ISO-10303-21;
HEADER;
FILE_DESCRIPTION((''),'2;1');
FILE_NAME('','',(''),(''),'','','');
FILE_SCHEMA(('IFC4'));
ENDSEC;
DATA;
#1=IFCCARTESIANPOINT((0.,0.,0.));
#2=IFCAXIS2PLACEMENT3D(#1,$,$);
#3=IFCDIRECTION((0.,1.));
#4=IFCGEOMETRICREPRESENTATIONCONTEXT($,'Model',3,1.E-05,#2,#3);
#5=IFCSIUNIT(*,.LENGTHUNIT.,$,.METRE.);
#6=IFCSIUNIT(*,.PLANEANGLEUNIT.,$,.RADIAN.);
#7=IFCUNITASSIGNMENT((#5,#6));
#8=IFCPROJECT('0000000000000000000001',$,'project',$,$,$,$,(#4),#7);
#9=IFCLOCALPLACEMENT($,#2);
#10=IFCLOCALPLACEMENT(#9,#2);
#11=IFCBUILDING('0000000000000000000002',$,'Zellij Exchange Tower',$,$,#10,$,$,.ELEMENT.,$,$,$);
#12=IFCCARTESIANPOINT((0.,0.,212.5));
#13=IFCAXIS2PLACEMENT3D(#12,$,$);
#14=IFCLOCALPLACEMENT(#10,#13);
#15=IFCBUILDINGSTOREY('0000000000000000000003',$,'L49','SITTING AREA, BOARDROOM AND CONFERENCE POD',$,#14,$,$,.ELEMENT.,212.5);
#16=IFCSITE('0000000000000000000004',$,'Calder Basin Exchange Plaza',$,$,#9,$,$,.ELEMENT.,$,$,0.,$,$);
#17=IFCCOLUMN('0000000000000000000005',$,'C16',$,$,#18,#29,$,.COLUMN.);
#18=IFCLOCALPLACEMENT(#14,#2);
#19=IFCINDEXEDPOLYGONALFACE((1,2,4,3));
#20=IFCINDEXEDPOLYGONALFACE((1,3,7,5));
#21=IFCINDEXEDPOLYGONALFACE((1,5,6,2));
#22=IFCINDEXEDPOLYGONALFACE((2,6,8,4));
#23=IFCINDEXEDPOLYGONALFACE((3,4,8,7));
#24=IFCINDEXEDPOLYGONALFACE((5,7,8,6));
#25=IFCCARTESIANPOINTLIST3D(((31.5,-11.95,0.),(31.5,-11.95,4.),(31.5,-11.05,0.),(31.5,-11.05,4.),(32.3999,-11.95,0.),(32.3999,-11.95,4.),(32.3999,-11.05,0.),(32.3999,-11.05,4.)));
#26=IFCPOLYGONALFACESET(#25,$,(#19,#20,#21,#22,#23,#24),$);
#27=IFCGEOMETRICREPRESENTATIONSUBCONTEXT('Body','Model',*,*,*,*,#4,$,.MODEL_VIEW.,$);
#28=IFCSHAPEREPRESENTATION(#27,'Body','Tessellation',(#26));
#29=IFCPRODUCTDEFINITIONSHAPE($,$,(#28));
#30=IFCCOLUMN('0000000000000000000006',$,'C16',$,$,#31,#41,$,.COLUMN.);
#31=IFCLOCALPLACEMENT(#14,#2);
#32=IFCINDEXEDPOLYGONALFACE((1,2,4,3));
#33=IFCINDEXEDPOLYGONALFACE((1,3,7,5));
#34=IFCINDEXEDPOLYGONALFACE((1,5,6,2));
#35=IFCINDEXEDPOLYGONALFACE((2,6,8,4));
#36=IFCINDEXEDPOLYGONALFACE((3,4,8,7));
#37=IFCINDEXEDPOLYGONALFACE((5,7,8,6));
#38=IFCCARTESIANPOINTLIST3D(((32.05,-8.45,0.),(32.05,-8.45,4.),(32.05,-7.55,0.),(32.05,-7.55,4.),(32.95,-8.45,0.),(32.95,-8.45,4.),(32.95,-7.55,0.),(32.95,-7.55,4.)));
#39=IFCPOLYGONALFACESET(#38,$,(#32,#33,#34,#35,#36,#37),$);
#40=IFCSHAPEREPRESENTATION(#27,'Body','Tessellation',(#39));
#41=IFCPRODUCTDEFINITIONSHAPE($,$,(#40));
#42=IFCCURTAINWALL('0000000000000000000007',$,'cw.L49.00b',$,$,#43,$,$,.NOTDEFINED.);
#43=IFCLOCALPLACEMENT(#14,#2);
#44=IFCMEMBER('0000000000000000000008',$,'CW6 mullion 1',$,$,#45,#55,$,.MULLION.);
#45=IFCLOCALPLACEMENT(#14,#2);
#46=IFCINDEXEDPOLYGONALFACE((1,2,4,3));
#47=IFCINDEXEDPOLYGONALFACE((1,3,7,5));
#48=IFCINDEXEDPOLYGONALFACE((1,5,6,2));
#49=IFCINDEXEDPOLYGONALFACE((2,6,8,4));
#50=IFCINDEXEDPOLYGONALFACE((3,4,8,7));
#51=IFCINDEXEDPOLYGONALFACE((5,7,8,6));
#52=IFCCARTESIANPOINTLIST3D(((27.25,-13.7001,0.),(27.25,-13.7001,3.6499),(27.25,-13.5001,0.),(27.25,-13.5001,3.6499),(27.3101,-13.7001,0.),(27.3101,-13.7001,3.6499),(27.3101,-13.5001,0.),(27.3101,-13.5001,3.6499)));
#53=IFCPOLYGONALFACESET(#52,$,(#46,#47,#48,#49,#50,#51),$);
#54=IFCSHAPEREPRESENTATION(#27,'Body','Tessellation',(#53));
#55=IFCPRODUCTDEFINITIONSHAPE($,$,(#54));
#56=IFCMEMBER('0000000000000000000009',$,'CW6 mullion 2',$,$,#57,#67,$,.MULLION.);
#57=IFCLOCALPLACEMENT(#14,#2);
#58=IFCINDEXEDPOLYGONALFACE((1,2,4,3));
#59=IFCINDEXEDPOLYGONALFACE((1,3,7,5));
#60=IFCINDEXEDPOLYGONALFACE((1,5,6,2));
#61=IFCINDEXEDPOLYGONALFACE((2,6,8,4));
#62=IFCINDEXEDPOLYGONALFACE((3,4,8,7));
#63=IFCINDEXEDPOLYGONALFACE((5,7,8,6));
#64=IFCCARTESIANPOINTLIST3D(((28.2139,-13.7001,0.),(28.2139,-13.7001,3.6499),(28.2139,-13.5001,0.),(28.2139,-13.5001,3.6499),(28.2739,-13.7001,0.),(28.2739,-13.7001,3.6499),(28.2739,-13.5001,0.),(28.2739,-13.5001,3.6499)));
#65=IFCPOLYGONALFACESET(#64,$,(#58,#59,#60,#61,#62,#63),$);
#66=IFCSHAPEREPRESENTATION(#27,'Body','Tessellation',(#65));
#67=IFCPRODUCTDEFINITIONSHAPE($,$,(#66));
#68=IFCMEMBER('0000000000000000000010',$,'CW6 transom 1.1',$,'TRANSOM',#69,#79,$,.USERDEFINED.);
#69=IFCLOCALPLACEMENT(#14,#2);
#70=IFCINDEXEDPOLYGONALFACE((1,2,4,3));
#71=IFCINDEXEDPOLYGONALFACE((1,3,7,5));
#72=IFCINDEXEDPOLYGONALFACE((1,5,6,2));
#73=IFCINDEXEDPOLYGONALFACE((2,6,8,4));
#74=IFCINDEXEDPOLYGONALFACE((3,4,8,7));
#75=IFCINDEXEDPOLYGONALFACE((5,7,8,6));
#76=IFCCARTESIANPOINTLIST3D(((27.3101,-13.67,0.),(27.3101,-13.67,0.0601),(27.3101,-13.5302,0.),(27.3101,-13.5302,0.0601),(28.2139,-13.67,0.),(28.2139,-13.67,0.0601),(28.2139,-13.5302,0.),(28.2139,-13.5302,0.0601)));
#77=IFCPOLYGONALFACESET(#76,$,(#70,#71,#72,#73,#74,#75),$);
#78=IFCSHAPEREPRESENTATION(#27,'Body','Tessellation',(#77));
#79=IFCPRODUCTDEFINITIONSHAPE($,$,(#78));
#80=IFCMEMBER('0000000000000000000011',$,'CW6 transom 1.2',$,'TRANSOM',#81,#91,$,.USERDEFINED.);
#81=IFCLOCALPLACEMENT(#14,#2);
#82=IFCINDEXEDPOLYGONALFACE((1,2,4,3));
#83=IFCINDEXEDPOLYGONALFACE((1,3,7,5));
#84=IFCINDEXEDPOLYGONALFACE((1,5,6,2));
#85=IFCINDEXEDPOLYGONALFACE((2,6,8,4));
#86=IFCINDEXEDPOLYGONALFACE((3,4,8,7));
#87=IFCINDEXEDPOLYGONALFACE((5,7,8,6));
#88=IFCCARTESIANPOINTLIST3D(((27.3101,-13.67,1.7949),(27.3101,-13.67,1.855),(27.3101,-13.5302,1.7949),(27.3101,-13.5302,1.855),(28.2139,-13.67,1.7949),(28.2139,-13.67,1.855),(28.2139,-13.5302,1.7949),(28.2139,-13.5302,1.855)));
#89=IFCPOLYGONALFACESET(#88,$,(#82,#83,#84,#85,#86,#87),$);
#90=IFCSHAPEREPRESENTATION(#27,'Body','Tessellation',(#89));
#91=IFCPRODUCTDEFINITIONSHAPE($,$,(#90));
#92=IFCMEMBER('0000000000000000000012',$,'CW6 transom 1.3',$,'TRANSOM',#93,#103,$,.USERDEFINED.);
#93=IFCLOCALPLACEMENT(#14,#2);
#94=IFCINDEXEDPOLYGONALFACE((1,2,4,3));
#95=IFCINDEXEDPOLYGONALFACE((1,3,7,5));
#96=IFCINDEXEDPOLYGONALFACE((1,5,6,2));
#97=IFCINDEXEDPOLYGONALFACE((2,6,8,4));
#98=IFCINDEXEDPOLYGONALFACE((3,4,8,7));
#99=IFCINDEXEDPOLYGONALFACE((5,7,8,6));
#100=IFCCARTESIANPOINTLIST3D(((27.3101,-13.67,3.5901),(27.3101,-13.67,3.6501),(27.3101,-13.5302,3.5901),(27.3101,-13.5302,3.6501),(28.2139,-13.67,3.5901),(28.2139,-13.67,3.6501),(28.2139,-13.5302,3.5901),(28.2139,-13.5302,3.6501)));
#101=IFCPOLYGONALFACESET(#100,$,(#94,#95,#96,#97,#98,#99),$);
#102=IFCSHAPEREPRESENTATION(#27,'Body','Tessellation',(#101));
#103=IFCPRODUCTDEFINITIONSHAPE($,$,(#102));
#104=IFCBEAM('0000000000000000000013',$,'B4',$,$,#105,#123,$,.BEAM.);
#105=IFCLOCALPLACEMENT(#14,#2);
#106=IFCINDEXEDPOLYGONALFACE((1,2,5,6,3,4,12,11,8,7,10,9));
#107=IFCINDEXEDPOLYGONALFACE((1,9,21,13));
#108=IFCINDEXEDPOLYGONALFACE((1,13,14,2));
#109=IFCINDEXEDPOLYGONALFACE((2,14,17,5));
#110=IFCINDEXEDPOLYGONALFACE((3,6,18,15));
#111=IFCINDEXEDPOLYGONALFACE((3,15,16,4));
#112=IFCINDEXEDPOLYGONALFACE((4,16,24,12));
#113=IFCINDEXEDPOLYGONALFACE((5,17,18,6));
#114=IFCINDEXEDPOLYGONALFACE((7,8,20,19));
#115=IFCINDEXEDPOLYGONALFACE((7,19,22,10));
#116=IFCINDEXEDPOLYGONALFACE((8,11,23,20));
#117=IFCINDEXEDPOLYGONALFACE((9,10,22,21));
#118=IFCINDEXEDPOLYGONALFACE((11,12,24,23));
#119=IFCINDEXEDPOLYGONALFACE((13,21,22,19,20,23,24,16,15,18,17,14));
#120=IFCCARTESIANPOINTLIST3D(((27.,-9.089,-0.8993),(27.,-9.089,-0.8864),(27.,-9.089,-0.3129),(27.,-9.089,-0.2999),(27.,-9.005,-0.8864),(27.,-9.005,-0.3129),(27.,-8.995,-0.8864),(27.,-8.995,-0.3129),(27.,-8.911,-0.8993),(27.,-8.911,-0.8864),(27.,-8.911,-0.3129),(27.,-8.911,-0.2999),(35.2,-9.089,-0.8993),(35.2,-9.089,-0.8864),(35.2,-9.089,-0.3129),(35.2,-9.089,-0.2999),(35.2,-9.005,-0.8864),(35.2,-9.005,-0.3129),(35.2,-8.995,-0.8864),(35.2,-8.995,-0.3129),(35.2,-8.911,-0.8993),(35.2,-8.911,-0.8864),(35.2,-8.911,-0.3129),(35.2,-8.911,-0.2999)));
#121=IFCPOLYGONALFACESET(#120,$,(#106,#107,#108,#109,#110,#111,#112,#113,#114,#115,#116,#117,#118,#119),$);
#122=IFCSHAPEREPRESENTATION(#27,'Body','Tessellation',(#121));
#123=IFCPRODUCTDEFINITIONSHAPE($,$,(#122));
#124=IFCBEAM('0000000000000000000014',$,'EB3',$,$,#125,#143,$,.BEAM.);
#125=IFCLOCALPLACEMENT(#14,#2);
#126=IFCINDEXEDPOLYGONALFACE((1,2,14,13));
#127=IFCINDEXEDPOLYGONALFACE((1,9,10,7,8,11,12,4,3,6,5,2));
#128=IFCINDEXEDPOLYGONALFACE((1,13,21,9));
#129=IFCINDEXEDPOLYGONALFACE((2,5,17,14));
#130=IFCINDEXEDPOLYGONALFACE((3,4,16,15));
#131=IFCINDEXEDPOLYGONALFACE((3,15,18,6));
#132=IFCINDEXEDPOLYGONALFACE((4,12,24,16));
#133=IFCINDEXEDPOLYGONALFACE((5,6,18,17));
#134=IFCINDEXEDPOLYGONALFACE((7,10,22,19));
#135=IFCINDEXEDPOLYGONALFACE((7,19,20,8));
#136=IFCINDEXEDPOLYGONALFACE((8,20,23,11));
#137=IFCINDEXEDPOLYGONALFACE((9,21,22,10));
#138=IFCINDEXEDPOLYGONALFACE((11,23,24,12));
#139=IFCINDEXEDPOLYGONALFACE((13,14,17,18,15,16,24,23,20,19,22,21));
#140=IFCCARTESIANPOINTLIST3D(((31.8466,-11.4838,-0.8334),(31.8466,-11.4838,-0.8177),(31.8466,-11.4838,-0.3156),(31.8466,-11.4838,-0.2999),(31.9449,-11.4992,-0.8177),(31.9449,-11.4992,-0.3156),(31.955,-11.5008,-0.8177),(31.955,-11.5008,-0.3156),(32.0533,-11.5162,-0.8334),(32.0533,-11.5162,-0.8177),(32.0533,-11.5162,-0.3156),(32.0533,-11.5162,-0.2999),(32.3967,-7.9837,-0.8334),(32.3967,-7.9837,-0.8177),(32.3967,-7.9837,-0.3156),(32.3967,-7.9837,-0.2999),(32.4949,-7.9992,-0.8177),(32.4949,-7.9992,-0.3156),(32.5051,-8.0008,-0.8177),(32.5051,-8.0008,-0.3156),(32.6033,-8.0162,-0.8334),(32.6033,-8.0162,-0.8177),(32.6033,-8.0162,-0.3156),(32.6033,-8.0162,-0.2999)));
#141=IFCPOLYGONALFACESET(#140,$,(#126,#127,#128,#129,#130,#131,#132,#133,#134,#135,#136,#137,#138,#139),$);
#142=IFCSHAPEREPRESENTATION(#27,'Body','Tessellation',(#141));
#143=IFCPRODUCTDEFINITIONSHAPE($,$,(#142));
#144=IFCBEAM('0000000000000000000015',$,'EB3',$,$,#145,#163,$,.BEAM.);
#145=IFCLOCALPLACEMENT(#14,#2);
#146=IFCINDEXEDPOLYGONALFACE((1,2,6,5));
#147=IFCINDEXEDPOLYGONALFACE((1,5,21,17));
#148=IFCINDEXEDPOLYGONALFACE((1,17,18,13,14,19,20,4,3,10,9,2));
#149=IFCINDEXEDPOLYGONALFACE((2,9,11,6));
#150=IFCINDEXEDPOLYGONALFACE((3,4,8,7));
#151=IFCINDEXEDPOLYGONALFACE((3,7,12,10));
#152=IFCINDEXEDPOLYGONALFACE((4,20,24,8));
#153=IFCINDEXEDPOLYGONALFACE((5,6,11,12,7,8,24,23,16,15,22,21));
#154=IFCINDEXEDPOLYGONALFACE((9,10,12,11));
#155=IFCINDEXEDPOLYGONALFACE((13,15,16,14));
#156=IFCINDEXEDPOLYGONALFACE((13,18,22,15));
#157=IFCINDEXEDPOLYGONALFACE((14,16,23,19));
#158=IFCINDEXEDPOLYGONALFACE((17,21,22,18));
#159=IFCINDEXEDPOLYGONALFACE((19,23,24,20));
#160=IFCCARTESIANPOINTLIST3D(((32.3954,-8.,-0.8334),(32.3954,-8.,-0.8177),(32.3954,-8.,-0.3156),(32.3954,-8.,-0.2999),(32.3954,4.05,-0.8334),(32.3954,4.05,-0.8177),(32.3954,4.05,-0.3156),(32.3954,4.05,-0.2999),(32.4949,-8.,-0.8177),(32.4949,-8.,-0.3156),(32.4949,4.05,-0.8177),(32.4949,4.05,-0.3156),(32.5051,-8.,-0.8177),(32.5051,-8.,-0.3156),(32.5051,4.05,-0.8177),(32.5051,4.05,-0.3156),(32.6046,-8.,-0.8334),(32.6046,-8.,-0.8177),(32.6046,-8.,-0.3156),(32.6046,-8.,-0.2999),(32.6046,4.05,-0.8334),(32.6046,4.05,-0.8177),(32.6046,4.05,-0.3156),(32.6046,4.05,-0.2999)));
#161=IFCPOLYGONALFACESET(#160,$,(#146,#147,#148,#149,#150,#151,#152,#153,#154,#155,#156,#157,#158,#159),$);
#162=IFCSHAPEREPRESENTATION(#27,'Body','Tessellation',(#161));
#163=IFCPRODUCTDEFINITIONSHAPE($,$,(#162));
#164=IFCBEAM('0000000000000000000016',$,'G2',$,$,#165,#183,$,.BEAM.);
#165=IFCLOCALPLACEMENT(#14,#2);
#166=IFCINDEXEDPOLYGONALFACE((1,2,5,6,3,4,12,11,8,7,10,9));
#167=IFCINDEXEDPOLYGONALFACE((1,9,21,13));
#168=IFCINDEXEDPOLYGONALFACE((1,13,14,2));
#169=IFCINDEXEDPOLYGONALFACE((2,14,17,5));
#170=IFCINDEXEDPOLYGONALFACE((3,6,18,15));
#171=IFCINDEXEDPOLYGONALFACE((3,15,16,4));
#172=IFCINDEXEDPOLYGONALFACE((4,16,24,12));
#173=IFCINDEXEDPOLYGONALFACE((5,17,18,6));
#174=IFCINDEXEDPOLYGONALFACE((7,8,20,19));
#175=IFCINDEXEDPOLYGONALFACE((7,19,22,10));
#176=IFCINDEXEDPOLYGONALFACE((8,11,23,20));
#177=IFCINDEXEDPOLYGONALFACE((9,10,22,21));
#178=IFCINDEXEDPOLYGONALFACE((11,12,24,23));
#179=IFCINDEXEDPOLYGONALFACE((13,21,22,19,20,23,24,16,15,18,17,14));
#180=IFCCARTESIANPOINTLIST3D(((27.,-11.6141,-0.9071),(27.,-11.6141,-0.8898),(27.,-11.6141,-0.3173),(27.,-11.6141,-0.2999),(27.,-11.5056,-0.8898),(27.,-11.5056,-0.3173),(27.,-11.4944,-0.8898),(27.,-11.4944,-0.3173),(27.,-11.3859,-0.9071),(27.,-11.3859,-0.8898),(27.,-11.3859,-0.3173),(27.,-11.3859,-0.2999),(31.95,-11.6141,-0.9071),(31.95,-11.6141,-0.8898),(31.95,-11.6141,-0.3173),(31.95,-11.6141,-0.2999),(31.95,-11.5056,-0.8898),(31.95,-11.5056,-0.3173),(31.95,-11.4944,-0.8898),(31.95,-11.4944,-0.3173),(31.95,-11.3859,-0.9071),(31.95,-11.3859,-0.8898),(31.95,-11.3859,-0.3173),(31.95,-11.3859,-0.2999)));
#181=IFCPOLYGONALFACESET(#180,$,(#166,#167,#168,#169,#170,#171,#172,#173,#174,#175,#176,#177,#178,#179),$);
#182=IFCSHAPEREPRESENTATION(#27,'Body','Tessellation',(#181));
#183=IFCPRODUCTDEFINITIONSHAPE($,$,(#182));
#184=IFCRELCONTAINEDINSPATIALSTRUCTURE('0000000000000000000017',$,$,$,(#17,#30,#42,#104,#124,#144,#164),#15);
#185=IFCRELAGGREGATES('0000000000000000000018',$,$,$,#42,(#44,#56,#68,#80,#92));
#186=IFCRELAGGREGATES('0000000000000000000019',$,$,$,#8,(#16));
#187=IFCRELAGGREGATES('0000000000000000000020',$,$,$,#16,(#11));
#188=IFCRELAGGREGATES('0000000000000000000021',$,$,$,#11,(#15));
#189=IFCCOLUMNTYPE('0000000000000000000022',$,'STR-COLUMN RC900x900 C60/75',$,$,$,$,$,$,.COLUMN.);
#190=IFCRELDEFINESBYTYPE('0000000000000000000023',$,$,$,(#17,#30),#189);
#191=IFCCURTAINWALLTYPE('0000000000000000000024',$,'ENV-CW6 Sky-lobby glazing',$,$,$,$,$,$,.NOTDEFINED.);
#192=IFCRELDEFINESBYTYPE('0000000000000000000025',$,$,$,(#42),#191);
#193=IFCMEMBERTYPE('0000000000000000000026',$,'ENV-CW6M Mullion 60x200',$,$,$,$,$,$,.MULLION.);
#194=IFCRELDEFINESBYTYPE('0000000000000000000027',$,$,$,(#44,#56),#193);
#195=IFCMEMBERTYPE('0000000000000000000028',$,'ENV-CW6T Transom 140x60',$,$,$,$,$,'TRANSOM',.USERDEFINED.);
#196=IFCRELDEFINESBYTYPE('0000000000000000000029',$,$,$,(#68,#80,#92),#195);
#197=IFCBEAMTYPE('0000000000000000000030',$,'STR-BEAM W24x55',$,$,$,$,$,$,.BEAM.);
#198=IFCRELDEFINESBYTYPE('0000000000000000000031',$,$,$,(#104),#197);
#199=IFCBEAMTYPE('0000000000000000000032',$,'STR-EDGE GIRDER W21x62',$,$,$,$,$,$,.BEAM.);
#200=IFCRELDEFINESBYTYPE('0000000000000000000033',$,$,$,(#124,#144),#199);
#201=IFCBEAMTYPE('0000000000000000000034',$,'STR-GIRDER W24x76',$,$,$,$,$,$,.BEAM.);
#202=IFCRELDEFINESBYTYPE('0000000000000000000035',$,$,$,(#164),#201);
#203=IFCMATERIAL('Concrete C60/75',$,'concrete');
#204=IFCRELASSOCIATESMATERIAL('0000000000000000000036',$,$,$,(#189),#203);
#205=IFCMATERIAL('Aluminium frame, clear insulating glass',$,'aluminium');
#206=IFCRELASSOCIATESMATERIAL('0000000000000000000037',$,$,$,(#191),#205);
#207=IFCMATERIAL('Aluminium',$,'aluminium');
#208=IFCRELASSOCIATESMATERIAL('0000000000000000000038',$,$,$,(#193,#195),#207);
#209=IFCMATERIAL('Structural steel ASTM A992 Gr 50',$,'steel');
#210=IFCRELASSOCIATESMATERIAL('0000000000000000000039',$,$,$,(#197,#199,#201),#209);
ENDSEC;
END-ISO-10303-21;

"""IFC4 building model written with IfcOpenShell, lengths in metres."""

from ifc_helpers import new_model, si_unit, direction, frame, origin, origin_2d, place, context, subcontext, project, spatial, rectangle, i_section, extrude, material, material_profile, profile_set, type_object, element, aggregate, save


model = new_model("IFC4")

# Units and contexts
model_context = context("Model", 3, precision=1e-05, world=origin(), true_north=direction((0.0, 1.0)))
body_context = subcontext(model_context, "Body", "Model", "MODEL_VIEW")
ifc_project = project(units=[si_unit("LENGTHUNIT", "METRE"), si_unit("PLANEANGLEUNIT", "RADIAN")], contexts=[model_context])

# Site, building, storey
site_placement = place(None, origin())
site = spatial("IfcSite", under=ifc_project, at=site_placement, Name="Calder Basin Exchange Plaza", CompositionType="ELEMENT", RefElevation=0.0)
building_placement = place(site_placement, origin())
building = spatial("IfcBuilding", under=site, at=building_placement, Name="Zellij Exchange Tower", CompositionType="ELEMENT")
storey_placement = place(building_placement, frame((0.0, 0.0, 212.5)))
storey = spatial("IfcBuildingStorey", under=building, at=storey_placement, Name="L49", Description="SITTING AREA, BOARDROOM AND CONFERENCE POD", CompositionType="ELEMENT", Elevation=212.5)

# Columns
ifc_material_1 = material(Name="Concrete C60/75", Category="concrete")
ifc_material_profile_1 = material_profile(ifc_material_1, rectangle(XDim=0.8999, YDim=0.8999, at=origin_2d()), Name="STR-COLUMN RC900x900 C60/75")
ifc_profile_set_1 = profile_set([ifc_material_profile_1], Name="Concrete C60/75")
column_type = type_object("IfcColumnType", Name="STR-COLUMN RC900x900 C60/75", PredefinedType="COLUMN", material=ifc_profile_set_1)
for number, where, z_axis, x_axis, name in (
    (1, (31.95, -11.5, 0.0), (0.0, 0.0, 1.0), (1.0, 0.0, 0.0), "C16"),
    (2, (32.5, -8.0, 0.0), (0.0, 0.0, 1.0), (1.0, 0.0, 0.0), "C16"),
):
    element("IfcColumn", number, at=place(storey_placement, frame(where, z_axis=z_axis, x_axis=x_axis)), inside=storey, type_object=column_type, Name=name, PredefinedType="COLUMN", context=body_context, shape_type="SweptSolid", body=[
        extrude(rectangle(XDim=0.8999, YDim=0.8999, at=origin_2d()), origin(), (0.0, 0.0, 1.0), 4.0),
    ])

# Curtain wall, members
ifc_material_2 = material(Name="Aluminium frame, clear insulating glass", Category="aluminium")
curtain_wall_type = type_object("IfcCurtainWallType", Name="ENV-CW6 Sky-lobby glazing", PredefinedType="NOTDEFINED", material=ifc_material_2)
curtain_wall_placement = place(storey_placement, origin())
curtain_wall = element("IfcCurtainWall", 3, at=curtain_wall_placement, inside=storey, type_object=curtain_wall_type, Name="cw.L49.00b", PredefinedType="NOTDEFINED")
ifc_material_3 = material(Name="Aluminium", Category="aluminium")
ifc_material_profile_2 = material_profile(ifc_material_3, rectangle(XDim=0.0601, YDim=0.2, at=origin_2d()), Name="AL 60x200")
ifc_profile_set_2 = profile_set([ifc_material_profile_2], Name="Aluminium")
member_type_1 = type_object("IfcMemberType", Name="ENV-CW6M Mullion 60x200", PredefinedType="MULLION", material=ifc_profile_set_2)
member_1_placement = place(storey_placement, frame((27.28, -13.6001, 0.0), z_axis=(0.0, 0.0, 1.0), x_axis=(1.0, 0.0, 0.0)))
member_1 = element("IfcMember", 4, at=member_1_placement, type_object=member_type_1, Name="CW6 mullion 1", PredefinedType="MULLION", context=body_context, shape_type="SweptSolid", body=[
    extrude(rectangle(XDim=0.0601, YDim=0.2, at=origin_2d()), origin(), (0.0, 0.0, 1.0), 3.6499),
])
member_2_placement = place(storey_placement, frame((28.2439, -13.6001, 0.0), z_axis=(0.0, 0.0, 1.0), x_axis=(1.0, 0.0, 0.0)))
member_2 = element("IfcMember", 5, at=member_2_placement, type_object=member_type_1, Name="CW6 mullion 2", PredefinedType="MULLION", context=body_context, shape_type="SweptSolid", body=[
    extrude(rectangle(XDim=0.0601, YDim=0.2, at=origin_2d()), origin(), (0.0, 0.0, 1.0), 3.6499),
])
ifc_material_profile_3 = material_profile(ifc_material_3, rectangle(XDim=0.1399, YDim=0.0601, at=origin_2d()), Name="AL 140x60")
ifc_profile_set_3 = profile_set([ifc_material_profile_3], Name="Aluminium")
member_type_2 = type_object("IfcMemberType", Name="ENV-CW6T Transom 140x60", ElementType="TRANSOM", PredefinedType="USERDEFINED", material=ifc_profile_set_3)
member_3_placement = place(storey_placement, frame((27.3101, -13.6001, 0.03), z_axis=(1.0, 0.0, 0.0), x_axis=(0.0, 1.0, 0.0)))
member_3 = element("IfcMember", 6, at=member_3_placement, type_object=member_type_2, Name="CW6 transom 1.1", ObjectType="TRANSOM", PredefinedType="USERDEFINED", context=body_context, shape_type="SweptSolid", body=[
    extrude(rectangle(XDim=0.1399, YDim=0.0601, at=origin_2d()), origin(), (0.0, 0.0, 1.0), 0.9038),
])
member_4_placement = place(storey_placement, frame((27.3101, -13.6001, 1.825), z_axis=(1.0, 0.0, 0.0), x_axis=(0.0, 1.0, 0.0)))
member_4 = element("IfcMember", 7, at=member_4_placement, type_object=member_type_2, Name="CW6 transom 1.2", ObjectType="TRANSOM", PredefinedType="USERDEFINED", context=body_context, shape_type="SweptSolid", body=[
    extrude(rectangle(XDim=0.1399, YDim=0.0601, at=origin_2d()), origin(), (0.0, 0.0, 1.0), 0.9038),
])
member_5_placement = place(storey_placement, frame((27.3101, -13.6001, 3.6201), z_axis=(1.0, 0.0, 0.0), x_axis=(0.0, 1.0, 0.0)))
member_5 = element("IfcMember", 8, at=member_5_placement, type_object=member_type_2, Name="CW6 transom 1.3", ObjectType="TRANSOM", PredefinedType="USERDEFINED", context=body_context, shape_type="SweptSolid", body=[
    extrude(rectangle(XDim=0.1399, YDim=0.0601, at=origin_2d()), origin(), (0.0, 0.0, 1.0), 0.9038),
])

# Beams
ifc_material_4 = material(Name="Structural steel ASTM A992 Gr 50", Category="steel")
ifc_material_profile_4 = material_profile(ifc_material_4, i_section(OverallWidth=0.178, OverallDepth=0.5994, WebThickness=0.01, FlangeThickness=0.0129, at=origin_2d()), Name="W24x55")
ifc_profile_set_4 = profile_set([ifc_material_profile_4], Name="Structural steel ASTM A992 Gr 50")
beam_type_1 = type_object("IfcBeamType", Name="STR-BEAM W24x55", PredefinedType="BEAM", material=ifc_profile_set_4)
beam_1_placement = place(storey_placement, frame((27.0, -9.0, -0.5996), z_axis=(1.0, 0.0, 0.0), x_axis=(0.0, 1.0, 0.0)))
element("IfcBeam", 9, at=beam_1_placement, inside=storey, type_object=beam_type_1, Name="B4", PredefinedType="BEAM", context=body_context, shape_type="SweptSolid", body=[
    extrude(i_section(OverallWidth=0.178, OverallDepth=0.5994, WebThickness=0.01, FlangeThickness=0.0129, at=origin_2d()), origin(), (0.0, 0.0, 1.0), 8.2),
])
ifc_material_profile_5 = material_profile(ifc_material_4, i_section(OverallWidth=0.2092, OverallDepth=0.5334, WebThickness=0.0103, FlangeThickness=0.0156, at=origin_2d()), Name="W21x62")
ifc_profile_set_5 = profile_set([ifc_material_profile_5], Name="Structural steel ASTM A992 Gr 50")
beam_type_2 = type_object("IfcBeamType", Name="STR-EDGE GIRDER W21x62", PredefinedType="BEAM", material=ifc_profile_set_5)
beam_2_placement = place(storey_placement, frame((31.95, -11.5, -0.5667), z_axis=(0.155251, 0.987875, 0.0), x_axis=(-0.987875, 0.155251, 0.0)))
element("IfcBeam", 10, at=beam_2_placement, inside=storey, type_object=beam_type_2, Name="EB3", PredefinedType="BEAM", context=body_context, shape_type="SweptSolid", body=[
    extrude(i_section(OverallWidth=0.2092, OverallDepth=0.5334, WebThickness=0.0103, FlangeThickness=0.0156, at=origin_2d()), origin(), (0.0, 0.0, 1.0), 3.543),
])
beam_3_placement = place(storey_placement, frame((32.5, -8.0, -0.5667), z_axis=(0.0, 1.0, 0.0), x_axis=(-1.0, 0.0, 0.0)))
element("IfcBeam", 11, at=beam_3_placement, inside=storey, type_object=beam_type_2, Name="EB3", PredefinedType="BEAM", context=body_context, shape_type="SweptSolid", body=[
    extrude(i_section(OverallWidth=0.2092, OverallDepth=0.5334, WebThickness=0.0103, FlangeThickness=0.0156, at=origin_2d()), origin(), (0.0, 0.0, 1.0), 12.05),
])
ifc_material_profile_6 = material_profile(ifc_material_4, i_section(OverallWidth=0.2283, OverallDepth=0.6072, WebThickness=0.0112, FlangeThickness=0.0173, at=origin_2d()), Name="W24x76")
ifc_profile_set_6 = profile_set([ifc_material_profile_6], Name="Structural steel ASTM A992 Gr 50")
beam_type_3 = type_object("IfcBeamType", Name="STR-GIRDER W24x76", PredefinedType="BEAM", material=ifc_profile_set_6)
beam_4_placement = place(storey_placement, frame((27.0, -11.5, -0.6035), z_axis=(1.0, 0.0, 0.0), x_axis=(0.0, 1.0, 0.0)))
element("IfcBeam", 12, at=beam_4_placement, inside=storey, type_object=beam_type_3, Name="G2", PredefinedType="BEAM", context=body_context, shape_type="SweptSolid", body=[
    extrude(i_section(OverallWidth=0.2283, OverallDepth=0.6072, WebThickness=0.0112, FlangeThickness=0.0173, at=origin_2d()), origin(), (0.0, 0.0, 1.0), 4.95),
])

aggregate(curtain_wall, [member_1, member_2, member_3, member_4, member_5])

save(model, "model.ifc")
